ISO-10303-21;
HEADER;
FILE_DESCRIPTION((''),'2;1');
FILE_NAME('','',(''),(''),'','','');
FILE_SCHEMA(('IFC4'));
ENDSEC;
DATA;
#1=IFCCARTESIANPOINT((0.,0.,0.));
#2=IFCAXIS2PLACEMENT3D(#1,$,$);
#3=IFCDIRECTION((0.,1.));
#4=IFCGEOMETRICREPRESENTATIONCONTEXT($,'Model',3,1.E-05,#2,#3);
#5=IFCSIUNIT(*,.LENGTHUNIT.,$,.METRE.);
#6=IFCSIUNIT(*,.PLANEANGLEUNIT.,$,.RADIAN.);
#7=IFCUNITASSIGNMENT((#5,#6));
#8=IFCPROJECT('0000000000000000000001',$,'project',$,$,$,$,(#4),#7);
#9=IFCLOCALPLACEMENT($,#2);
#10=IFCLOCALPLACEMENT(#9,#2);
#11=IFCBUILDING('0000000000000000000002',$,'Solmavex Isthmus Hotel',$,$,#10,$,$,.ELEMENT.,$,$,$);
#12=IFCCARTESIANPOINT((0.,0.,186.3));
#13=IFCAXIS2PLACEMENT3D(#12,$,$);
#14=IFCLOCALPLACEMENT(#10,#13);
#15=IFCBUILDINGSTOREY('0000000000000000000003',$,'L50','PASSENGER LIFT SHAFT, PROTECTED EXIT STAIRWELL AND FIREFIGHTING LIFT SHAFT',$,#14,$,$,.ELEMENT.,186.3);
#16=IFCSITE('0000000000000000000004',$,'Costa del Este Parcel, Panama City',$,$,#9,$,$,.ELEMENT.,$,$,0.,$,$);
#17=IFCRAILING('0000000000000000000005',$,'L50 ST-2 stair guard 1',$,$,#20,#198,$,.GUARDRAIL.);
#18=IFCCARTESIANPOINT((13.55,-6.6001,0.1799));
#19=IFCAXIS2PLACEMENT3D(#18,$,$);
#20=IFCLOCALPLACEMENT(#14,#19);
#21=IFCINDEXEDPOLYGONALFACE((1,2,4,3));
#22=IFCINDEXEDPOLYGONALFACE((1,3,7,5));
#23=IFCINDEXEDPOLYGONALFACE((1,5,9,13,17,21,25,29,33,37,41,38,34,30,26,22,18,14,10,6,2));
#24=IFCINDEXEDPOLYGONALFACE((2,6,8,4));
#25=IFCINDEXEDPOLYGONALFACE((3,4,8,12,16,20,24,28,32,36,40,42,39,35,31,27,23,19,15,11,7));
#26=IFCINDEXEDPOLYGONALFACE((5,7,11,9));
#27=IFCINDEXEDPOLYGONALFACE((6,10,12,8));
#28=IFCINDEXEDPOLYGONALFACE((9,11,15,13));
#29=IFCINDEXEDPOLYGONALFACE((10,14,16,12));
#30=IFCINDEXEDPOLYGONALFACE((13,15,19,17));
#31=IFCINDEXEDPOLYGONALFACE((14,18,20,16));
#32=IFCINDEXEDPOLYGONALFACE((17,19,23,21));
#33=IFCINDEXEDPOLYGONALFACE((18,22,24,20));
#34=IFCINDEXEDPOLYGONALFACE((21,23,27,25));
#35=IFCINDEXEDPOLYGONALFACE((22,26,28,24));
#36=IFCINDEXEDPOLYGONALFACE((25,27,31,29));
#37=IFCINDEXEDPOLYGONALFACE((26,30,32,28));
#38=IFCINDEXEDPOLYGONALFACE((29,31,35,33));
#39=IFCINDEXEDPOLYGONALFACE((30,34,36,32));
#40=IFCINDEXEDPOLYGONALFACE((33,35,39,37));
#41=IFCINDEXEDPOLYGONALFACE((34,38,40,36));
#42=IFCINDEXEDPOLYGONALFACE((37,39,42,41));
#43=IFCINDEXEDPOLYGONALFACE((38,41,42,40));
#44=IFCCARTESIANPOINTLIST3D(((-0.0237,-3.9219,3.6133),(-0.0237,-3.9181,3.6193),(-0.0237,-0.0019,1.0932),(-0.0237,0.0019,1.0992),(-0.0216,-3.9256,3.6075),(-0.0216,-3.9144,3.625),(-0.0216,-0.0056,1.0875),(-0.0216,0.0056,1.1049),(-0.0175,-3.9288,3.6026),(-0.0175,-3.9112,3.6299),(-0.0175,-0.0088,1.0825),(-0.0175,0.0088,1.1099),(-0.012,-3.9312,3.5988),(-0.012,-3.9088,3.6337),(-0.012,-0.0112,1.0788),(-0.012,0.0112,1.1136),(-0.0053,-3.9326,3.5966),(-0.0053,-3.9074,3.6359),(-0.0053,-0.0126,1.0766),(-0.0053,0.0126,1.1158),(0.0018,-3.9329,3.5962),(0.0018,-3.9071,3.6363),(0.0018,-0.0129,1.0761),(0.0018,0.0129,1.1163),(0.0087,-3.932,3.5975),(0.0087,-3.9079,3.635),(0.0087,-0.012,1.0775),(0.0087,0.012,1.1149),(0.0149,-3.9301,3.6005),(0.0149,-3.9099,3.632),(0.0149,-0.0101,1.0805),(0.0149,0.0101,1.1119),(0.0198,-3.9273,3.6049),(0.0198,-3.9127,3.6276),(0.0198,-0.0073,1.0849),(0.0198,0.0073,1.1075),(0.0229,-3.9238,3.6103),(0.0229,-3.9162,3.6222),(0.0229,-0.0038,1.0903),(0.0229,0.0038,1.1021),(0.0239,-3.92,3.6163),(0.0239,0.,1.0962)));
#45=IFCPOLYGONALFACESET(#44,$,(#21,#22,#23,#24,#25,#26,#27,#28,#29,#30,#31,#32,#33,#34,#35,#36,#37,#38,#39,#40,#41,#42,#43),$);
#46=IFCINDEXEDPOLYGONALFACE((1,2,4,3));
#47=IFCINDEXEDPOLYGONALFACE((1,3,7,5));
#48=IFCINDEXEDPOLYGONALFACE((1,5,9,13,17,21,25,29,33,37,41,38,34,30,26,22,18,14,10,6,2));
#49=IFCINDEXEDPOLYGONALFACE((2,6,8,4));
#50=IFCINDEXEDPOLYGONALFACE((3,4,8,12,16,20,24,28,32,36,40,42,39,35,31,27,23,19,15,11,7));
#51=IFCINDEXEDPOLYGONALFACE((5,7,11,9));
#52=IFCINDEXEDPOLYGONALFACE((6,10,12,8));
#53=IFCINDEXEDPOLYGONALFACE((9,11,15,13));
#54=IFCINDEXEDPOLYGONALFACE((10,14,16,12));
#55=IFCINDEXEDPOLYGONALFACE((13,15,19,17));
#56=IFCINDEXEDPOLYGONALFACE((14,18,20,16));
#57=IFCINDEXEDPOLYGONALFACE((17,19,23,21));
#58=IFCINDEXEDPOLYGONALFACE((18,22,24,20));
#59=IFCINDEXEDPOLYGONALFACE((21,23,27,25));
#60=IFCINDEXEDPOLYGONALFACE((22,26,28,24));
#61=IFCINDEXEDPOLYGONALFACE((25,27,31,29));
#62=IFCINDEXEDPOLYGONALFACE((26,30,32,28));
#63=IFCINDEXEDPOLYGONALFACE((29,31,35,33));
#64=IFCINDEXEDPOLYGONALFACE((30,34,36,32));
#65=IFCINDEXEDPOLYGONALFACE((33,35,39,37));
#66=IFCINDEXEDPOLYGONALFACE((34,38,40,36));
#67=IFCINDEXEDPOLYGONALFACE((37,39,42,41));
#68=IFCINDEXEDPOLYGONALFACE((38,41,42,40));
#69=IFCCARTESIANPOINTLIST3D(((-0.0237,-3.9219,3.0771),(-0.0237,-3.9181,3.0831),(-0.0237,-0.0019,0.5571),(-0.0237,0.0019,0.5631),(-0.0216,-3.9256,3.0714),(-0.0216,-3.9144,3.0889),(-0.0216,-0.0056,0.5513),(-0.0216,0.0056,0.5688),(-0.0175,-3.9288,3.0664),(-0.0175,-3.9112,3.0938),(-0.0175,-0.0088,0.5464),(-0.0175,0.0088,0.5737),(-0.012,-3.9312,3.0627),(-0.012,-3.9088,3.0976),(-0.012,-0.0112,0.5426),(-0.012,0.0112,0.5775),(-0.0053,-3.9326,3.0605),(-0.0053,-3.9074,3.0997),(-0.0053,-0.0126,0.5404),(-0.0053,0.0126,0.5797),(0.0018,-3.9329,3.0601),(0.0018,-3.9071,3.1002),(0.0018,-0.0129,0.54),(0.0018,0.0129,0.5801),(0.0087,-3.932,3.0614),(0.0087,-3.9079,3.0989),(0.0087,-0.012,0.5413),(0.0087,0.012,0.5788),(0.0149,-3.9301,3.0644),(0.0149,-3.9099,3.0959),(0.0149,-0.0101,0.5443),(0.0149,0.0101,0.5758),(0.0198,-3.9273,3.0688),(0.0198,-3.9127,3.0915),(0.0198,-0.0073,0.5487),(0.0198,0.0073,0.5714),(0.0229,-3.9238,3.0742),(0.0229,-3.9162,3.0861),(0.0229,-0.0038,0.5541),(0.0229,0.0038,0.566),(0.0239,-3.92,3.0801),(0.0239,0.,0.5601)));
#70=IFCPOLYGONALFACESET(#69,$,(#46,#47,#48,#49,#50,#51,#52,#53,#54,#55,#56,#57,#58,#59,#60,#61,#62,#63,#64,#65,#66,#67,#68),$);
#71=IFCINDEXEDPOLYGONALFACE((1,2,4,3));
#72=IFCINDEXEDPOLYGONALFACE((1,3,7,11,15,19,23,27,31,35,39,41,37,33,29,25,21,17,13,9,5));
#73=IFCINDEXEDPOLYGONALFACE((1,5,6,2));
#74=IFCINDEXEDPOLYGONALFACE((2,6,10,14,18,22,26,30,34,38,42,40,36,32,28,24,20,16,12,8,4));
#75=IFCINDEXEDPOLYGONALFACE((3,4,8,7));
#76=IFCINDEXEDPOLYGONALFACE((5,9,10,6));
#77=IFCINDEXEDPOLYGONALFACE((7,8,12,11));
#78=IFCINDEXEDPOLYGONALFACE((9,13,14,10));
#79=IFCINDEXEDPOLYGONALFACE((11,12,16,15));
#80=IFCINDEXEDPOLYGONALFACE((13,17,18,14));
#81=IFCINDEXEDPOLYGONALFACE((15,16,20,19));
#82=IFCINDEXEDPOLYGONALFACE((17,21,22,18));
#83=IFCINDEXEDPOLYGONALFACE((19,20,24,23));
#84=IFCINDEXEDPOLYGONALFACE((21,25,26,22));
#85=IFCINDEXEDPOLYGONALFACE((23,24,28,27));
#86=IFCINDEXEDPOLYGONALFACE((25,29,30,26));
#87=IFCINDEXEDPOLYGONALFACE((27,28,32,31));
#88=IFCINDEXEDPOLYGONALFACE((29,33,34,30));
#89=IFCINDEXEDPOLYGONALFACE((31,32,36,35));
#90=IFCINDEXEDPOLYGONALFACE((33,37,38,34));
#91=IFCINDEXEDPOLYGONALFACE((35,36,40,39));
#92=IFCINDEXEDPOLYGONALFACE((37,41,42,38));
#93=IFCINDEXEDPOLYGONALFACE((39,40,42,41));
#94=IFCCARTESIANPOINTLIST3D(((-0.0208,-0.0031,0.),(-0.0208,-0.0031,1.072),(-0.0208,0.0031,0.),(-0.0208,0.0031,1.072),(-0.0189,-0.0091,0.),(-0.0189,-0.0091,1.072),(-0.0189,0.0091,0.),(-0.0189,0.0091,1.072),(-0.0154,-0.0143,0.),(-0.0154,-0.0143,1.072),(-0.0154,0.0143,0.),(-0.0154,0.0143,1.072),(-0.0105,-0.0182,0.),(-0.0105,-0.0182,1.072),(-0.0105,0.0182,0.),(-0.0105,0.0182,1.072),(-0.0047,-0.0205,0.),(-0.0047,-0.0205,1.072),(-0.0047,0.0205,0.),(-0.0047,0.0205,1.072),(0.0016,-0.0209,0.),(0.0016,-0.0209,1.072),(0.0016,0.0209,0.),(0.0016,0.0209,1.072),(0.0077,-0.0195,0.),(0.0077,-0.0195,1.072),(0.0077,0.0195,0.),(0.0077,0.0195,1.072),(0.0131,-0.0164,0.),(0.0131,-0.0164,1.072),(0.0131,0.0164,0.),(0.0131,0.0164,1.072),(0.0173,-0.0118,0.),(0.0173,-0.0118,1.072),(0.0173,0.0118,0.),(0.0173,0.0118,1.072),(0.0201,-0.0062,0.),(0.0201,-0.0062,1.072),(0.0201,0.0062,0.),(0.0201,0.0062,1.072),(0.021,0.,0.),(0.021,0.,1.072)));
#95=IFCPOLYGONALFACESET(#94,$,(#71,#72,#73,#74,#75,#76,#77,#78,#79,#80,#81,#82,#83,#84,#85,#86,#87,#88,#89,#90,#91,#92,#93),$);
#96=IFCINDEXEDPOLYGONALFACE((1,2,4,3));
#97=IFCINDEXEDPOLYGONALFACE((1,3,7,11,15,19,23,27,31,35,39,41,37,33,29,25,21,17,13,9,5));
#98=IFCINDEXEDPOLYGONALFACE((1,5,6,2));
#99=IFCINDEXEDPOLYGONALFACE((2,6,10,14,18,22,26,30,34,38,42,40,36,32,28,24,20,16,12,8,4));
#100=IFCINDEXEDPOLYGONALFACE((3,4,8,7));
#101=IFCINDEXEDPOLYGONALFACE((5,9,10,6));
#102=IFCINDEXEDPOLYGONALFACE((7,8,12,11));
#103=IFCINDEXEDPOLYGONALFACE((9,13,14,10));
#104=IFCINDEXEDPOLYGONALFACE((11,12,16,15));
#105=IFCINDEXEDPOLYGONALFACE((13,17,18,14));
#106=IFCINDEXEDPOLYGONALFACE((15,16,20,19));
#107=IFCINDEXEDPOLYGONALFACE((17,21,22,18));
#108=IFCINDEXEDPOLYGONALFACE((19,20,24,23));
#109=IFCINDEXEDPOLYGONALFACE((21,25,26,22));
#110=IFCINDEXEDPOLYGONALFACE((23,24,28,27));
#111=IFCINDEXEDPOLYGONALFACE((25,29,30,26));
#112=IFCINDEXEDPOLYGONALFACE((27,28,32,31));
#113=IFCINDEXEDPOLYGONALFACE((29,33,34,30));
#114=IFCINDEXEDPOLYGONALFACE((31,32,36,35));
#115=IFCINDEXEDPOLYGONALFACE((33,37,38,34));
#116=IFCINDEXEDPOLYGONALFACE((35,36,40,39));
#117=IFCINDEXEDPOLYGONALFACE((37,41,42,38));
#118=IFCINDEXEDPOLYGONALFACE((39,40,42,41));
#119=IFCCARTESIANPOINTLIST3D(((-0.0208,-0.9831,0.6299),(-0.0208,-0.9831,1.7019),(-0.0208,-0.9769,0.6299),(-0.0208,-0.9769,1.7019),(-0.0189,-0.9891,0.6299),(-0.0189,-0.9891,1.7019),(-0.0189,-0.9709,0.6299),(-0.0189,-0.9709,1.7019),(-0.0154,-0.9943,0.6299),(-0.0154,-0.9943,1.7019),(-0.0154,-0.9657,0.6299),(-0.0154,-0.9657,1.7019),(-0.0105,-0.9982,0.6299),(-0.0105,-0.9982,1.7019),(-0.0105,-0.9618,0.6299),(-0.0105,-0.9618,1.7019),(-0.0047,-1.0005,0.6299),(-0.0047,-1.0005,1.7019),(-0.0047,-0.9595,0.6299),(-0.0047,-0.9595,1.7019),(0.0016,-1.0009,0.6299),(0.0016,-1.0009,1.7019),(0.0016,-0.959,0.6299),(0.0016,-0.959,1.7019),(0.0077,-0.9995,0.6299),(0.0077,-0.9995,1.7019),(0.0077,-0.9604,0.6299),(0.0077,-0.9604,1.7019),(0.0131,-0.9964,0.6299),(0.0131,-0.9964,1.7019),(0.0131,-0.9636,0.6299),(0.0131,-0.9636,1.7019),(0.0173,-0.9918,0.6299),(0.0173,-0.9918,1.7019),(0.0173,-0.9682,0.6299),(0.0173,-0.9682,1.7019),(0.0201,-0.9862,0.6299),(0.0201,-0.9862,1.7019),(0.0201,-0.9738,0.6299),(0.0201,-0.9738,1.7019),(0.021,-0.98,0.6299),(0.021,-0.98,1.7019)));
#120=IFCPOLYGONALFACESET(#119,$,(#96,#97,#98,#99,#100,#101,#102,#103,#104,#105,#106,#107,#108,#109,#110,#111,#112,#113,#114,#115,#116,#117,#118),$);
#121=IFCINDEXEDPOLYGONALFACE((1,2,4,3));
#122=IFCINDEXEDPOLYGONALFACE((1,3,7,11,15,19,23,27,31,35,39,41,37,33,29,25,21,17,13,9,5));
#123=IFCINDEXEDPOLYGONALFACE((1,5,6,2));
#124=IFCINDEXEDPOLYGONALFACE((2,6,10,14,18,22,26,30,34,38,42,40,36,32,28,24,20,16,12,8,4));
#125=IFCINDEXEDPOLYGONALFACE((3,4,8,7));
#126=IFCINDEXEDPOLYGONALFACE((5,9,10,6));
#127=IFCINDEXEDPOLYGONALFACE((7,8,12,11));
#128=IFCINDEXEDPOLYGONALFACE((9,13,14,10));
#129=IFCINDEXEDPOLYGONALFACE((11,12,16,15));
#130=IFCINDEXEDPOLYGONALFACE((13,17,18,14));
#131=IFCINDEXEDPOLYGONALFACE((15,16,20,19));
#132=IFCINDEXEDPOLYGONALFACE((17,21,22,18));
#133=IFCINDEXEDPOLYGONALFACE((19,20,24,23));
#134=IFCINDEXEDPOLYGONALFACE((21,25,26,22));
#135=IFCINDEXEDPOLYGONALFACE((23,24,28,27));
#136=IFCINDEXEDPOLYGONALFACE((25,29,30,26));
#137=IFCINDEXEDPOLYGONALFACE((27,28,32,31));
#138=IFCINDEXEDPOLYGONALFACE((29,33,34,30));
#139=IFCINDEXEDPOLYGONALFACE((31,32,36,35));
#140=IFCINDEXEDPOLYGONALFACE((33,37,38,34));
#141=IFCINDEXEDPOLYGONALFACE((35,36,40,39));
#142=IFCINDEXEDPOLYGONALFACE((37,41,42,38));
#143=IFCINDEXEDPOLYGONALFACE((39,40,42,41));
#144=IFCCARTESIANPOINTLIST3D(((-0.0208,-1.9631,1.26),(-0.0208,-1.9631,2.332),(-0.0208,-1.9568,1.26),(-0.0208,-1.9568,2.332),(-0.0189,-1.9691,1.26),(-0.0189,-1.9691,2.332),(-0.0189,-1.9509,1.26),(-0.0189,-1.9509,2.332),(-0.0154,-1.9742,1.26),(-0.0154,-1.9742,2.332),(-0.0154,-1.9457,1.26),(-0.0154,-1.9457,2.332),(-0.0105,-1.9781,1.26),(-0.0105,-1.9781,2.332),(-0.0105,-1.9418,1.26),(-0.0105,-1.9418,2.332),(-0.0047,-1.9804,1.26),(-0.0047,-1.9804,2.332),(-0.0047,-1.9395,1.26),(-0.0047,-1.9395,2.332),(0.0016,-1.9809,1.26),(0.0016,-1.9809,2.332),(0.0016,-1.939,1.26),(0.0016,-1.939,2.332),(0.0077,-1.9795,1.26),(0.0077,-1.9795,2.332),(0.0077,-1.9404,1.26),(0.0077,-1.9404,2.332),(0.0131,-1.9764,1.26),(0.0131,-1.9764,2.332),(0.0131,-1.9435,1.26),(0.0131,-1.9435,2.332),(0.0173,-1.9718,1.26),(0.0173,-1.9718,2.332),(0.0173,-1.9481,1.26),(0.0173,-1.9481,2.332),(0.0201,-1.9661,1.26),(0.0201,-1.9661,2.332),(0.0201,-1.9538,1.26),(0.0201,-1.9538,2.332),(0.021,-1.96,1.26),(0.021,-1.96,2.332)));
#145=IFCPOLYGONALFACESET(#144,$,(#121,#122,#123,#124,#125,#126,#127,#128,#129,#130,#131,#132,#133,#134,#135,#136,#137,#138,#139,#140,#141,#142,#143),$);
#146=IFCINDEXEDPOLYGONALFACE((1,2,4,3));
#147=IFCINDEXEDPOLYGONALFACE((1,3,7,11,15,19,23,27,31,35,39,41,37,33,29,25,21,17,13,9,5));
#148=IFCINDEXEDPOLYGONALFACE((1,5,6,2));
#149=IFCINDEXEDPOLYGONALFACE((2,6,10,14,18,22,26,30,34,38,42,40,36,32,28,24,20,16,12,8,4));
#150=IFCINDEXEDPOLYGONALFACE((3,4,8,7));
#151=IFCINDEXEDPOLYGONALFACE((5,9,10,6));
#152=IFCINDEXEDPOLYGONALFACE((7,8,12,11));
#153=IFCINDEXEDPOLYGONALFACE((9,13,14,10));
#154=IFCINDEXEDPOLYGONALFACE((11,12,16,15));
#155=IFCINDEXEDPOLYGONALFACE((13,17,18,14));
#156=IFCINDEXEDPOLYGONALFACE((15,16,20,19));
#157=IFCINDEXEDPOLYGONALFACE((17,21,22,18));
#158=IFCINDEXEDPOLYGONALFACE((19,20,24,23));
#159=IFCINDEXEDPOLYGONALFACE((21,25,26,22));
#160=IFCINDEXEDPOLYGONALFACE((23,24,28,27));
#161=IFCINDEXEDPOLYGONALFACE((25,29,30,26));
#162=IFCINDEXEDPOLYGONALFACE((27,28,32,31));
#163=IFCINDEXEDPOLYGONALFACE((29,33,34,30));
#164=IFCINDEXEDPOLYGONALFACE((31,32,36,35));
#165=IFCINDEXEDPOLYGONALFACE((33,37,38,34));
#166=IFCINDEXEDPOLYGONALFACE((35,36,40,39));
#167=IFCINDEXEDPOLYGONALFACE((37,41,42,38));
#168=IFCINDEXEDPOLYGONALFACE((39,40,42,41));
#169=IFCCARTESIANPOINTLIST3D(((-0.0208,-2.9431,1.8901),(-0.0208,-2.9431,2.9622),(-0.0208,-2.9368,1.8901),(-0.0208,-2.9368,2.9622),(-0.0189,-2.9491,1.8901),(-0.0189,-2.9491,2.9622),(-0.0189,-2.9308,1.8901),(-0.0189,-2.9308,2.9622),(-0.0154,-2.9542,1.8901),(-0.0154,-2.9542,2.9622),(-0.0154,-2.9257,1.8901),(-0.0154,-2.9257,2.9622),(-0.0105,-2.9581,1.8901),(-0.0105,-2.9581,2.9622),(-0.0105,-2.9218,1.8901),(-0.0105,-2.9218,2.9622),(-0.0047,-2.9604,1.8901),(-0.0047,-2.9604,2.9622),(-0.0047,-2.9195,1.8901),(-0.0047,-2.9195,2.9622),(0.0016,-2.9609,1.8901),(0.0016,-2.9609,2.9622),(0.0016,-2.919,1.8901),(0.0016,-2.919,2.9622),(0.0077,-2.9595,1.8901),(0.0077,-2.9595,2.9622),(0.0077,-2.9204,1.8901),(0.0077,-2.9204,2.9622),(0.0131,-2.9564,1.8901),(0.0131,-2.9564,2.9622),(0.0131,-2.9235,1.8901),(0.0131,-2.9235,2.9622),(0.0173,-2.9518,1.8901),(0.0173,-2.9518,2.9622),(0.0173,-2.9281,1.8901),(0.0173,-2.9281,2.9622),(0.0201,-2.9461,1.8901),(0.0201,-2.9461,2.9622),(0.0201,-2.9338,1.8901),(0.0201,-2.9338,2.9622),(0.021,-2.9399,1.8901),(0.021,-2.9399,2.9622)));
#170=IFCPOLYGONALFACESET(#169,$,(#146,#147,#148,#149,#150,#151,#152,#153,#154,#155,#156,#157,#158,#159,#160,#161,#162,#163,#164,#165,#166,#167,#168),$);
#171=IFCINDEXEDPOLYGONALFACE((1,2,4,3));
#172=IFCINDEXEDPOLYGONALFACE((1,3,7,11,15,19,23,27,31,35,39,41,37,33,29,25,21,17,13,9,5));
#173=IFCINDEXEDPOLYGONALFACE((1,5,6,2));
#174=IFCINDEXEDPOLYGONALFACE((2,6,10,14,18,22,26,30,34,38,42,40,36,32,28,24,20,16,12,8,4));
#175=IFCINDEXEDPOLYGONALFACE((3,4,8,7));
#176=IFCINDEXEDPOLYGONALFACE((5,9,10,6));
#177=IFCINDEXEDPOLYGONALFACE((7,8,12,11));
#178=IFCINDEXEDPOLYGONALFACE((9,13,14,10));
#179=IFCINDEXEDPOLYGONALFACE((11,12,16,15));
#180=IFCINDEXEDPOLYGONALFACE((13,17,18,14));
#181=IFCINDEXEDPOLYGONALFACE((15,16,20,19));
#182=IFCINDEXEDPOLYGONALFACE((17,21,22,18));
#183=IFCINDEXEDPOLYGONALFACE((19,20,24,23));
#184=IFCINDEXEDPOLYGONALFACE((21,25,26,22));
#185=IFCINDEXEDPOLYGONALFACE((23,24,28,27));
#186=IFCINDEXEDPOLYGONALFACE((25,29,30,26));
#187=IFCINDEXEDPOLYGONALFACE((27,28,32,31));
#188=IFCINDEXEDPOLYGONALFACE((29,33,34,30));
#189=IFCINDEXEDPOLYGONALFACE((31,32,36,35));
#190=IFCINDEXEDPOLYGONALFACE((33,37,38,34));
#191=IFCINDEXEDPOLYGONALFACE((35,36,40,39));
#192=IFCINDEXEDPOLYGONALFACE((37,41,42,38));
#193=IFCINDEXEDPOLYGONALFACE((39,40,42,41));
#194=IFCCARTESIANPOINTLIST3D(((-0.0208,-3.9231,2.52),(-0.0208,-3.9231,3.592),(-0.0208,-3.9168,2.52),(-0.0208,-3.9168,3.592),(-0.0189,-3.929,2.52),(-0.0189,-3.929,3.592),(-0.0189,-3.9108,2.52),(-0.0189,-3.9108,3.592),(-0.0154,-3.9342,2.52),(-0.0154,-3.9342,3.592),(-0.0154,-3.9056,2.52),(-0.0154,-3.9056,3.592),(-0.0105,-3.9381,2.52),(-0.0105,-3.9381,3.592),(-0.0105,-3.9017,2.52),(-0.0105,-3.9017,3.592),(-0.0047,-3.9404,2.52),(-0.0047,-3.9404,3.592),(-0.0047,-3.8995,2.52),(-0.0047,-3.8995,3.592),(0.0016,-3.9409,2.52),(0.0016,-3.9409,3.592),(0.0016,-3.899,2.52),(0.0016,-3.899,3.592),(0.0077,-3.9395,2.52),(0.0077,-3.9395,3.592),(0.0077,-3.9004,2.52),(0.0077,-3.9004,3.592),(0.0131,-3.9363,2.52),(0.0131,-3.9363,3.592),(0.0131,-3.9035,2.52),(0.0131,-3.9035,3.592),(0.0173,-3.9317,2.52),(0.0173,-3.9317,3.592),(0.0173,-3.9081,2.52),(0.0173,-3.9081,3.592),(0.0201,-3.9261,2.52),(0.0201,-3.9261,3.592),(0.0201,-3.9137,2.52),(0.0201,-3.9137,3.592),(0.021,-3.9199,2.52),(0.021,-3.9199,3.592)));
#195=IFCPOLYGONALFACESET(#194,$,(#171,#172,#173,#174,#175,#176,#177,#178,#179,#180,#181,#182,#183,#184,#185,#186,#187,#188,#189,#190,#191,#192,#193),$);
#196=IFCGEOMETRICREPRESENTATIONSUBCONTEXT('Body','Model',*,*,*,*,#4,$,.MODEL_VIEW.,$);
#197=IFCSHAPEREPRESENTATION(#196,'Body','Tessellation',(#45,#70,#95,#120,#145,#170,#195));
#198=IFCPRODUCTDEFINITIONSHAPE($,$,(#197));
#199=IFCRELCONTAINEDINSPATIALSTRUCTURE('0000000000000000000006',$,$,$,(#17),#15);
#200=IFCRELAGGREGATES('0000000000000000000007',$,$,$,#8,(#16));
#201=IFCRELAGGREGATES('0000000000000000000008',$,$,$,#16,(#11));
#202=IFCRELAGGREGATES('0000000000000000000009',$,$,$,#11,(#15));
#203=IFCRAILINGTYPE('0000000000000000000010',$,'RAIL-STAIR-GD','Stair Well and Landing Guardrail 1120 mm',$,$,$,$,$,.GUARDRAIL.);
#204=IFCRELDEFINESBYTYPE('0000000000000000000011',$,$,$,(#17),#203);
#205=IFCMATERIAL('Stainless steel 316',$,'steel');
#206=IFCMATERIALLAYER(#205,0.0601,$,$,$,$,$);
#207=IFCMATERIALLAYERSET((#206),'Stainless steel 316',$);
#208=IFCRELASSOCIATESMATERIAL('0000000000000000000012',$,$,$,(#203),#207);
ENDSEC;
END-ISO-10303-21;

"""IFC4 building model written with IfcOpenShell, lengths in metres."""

from ifc_helpers import new_model, si_unit, direction, frame, origin, origin_2d, place, context, subcontext, project, spatial, circle, extrude, material, layer, layer_set, type_object, element, save


model = new_model("IFC4")

# Units and contexts
model_context = context("Model", 3, precision=1e-05, world=origin(), true_north=direction((0.0, 1.0)))
body_context = subcontext(model_context, "Body", "Model", "MODEL_VIEW")
ifc_project = project(units=[si_unit("LENGTHUNIT", "METRE"), si_unit("PLANEANGLEUNIT", "RADIAN")], contexts=[model_context])

# Site, building, storey
site_placement = place(None, origin())
site = spatial("IfcSite", under=ifc_project, at=site_placement, Name="Costa del Este Parcel, Panama City", CompositionType="ELEMENT", RefElevation=0.0)
building_placement = place(site_placement, origin())
building = spatial("IfcBuilding", under=site, at=building_placement, Name="Solmavex Isthmus Hotel", CompositionType="ELEMENT")
storey_placement = place(building_placement, frame((0.0, 0.0, 186.3)))
storey = spatial("IfcBuildingStorey", under=building, at=storey_placement, Name="L50", Description="PASSENGER LIFT SHAFT, PROTECTED EXIT STAIRWELL AND FIREFIGHTING LIFT SHAFT", CompositionType="ELEMENT", Elevation=186.3)

# Shared definitions
ifc_material_1 = material(Name="Stainless steel 316", Category="steel")

# Railing
ifc_layer_1 = layer(ifc_material_1, 0.0601)
ifc_layer_set_1 = layer_set([ifc_layer_1], Name="Stainless steel 316")
railing_type_1 = type_object("IfcRailingType", Name="RAIL-STAIR-GD", Description="Stair Well and Landing Guardrail 1120 mm", PredefinedType="GUARDRAIL", material=ifc_layer_set_1)
railing_1_placement = place(storey_placement, frame((13.55, -6.6001, 0.1799)))
element("IfcRailing", 1, at=railing_1_placement, inside=storey, type_object=railing_type_1, Name="L50 ST-2 stair guard 1", PredefinedType="GUARDRAIL", context=body_context, shape_type="SweptSolid", body=[
    extrude(circle(Radius=0.0239, at=origin_2d()), frame((0.0, 0.0, 1.0962), z_axis=(0.0, -0.841172, 0.540768), x_axis=(1.0, 0.0, 0.0)), (0.0, 0.0, 1.0), 4.6602),
    extrude(circle(Radius=0.0239, at=origin_2d()), frame((0.0, 0.0, 0.5601), z_axis=(0.0, -0.841172, 0.540768), x_axis=(1.0, 0.0, 0.0)), (0.0, 0.0, 1.0), 4.6602),
    extrude(circle(Radius=0.021, at=origin_2d()), origin(), (0.0, 0.0, 1.0), 1.072),
    extrude(circle(Radius=0.021, at=origin_2d()), frame((0.0, -0.98, 0.6299)), (0.0, 0.0, 1.0), 1.072),
    extrude(circle(Radius=0.021, at=origin_2d()), frame((0.0, -1.96, 1.26)), (0.0, 0.0, 1.0), 1.072),
    extrude(circle(Radius=0.021, at=origin_2d()), frame((0.0, -2.9399, 1.8901)), (0.0, 0.0, 1.0), 1.072),
    extrude(circle(Radius=0.021, at=origin_2d()), frame((0.0, -3.9199, 2.52)), (0.0, 0.0, 1.0), 1.072),
])

save(model, "model.ifc")
